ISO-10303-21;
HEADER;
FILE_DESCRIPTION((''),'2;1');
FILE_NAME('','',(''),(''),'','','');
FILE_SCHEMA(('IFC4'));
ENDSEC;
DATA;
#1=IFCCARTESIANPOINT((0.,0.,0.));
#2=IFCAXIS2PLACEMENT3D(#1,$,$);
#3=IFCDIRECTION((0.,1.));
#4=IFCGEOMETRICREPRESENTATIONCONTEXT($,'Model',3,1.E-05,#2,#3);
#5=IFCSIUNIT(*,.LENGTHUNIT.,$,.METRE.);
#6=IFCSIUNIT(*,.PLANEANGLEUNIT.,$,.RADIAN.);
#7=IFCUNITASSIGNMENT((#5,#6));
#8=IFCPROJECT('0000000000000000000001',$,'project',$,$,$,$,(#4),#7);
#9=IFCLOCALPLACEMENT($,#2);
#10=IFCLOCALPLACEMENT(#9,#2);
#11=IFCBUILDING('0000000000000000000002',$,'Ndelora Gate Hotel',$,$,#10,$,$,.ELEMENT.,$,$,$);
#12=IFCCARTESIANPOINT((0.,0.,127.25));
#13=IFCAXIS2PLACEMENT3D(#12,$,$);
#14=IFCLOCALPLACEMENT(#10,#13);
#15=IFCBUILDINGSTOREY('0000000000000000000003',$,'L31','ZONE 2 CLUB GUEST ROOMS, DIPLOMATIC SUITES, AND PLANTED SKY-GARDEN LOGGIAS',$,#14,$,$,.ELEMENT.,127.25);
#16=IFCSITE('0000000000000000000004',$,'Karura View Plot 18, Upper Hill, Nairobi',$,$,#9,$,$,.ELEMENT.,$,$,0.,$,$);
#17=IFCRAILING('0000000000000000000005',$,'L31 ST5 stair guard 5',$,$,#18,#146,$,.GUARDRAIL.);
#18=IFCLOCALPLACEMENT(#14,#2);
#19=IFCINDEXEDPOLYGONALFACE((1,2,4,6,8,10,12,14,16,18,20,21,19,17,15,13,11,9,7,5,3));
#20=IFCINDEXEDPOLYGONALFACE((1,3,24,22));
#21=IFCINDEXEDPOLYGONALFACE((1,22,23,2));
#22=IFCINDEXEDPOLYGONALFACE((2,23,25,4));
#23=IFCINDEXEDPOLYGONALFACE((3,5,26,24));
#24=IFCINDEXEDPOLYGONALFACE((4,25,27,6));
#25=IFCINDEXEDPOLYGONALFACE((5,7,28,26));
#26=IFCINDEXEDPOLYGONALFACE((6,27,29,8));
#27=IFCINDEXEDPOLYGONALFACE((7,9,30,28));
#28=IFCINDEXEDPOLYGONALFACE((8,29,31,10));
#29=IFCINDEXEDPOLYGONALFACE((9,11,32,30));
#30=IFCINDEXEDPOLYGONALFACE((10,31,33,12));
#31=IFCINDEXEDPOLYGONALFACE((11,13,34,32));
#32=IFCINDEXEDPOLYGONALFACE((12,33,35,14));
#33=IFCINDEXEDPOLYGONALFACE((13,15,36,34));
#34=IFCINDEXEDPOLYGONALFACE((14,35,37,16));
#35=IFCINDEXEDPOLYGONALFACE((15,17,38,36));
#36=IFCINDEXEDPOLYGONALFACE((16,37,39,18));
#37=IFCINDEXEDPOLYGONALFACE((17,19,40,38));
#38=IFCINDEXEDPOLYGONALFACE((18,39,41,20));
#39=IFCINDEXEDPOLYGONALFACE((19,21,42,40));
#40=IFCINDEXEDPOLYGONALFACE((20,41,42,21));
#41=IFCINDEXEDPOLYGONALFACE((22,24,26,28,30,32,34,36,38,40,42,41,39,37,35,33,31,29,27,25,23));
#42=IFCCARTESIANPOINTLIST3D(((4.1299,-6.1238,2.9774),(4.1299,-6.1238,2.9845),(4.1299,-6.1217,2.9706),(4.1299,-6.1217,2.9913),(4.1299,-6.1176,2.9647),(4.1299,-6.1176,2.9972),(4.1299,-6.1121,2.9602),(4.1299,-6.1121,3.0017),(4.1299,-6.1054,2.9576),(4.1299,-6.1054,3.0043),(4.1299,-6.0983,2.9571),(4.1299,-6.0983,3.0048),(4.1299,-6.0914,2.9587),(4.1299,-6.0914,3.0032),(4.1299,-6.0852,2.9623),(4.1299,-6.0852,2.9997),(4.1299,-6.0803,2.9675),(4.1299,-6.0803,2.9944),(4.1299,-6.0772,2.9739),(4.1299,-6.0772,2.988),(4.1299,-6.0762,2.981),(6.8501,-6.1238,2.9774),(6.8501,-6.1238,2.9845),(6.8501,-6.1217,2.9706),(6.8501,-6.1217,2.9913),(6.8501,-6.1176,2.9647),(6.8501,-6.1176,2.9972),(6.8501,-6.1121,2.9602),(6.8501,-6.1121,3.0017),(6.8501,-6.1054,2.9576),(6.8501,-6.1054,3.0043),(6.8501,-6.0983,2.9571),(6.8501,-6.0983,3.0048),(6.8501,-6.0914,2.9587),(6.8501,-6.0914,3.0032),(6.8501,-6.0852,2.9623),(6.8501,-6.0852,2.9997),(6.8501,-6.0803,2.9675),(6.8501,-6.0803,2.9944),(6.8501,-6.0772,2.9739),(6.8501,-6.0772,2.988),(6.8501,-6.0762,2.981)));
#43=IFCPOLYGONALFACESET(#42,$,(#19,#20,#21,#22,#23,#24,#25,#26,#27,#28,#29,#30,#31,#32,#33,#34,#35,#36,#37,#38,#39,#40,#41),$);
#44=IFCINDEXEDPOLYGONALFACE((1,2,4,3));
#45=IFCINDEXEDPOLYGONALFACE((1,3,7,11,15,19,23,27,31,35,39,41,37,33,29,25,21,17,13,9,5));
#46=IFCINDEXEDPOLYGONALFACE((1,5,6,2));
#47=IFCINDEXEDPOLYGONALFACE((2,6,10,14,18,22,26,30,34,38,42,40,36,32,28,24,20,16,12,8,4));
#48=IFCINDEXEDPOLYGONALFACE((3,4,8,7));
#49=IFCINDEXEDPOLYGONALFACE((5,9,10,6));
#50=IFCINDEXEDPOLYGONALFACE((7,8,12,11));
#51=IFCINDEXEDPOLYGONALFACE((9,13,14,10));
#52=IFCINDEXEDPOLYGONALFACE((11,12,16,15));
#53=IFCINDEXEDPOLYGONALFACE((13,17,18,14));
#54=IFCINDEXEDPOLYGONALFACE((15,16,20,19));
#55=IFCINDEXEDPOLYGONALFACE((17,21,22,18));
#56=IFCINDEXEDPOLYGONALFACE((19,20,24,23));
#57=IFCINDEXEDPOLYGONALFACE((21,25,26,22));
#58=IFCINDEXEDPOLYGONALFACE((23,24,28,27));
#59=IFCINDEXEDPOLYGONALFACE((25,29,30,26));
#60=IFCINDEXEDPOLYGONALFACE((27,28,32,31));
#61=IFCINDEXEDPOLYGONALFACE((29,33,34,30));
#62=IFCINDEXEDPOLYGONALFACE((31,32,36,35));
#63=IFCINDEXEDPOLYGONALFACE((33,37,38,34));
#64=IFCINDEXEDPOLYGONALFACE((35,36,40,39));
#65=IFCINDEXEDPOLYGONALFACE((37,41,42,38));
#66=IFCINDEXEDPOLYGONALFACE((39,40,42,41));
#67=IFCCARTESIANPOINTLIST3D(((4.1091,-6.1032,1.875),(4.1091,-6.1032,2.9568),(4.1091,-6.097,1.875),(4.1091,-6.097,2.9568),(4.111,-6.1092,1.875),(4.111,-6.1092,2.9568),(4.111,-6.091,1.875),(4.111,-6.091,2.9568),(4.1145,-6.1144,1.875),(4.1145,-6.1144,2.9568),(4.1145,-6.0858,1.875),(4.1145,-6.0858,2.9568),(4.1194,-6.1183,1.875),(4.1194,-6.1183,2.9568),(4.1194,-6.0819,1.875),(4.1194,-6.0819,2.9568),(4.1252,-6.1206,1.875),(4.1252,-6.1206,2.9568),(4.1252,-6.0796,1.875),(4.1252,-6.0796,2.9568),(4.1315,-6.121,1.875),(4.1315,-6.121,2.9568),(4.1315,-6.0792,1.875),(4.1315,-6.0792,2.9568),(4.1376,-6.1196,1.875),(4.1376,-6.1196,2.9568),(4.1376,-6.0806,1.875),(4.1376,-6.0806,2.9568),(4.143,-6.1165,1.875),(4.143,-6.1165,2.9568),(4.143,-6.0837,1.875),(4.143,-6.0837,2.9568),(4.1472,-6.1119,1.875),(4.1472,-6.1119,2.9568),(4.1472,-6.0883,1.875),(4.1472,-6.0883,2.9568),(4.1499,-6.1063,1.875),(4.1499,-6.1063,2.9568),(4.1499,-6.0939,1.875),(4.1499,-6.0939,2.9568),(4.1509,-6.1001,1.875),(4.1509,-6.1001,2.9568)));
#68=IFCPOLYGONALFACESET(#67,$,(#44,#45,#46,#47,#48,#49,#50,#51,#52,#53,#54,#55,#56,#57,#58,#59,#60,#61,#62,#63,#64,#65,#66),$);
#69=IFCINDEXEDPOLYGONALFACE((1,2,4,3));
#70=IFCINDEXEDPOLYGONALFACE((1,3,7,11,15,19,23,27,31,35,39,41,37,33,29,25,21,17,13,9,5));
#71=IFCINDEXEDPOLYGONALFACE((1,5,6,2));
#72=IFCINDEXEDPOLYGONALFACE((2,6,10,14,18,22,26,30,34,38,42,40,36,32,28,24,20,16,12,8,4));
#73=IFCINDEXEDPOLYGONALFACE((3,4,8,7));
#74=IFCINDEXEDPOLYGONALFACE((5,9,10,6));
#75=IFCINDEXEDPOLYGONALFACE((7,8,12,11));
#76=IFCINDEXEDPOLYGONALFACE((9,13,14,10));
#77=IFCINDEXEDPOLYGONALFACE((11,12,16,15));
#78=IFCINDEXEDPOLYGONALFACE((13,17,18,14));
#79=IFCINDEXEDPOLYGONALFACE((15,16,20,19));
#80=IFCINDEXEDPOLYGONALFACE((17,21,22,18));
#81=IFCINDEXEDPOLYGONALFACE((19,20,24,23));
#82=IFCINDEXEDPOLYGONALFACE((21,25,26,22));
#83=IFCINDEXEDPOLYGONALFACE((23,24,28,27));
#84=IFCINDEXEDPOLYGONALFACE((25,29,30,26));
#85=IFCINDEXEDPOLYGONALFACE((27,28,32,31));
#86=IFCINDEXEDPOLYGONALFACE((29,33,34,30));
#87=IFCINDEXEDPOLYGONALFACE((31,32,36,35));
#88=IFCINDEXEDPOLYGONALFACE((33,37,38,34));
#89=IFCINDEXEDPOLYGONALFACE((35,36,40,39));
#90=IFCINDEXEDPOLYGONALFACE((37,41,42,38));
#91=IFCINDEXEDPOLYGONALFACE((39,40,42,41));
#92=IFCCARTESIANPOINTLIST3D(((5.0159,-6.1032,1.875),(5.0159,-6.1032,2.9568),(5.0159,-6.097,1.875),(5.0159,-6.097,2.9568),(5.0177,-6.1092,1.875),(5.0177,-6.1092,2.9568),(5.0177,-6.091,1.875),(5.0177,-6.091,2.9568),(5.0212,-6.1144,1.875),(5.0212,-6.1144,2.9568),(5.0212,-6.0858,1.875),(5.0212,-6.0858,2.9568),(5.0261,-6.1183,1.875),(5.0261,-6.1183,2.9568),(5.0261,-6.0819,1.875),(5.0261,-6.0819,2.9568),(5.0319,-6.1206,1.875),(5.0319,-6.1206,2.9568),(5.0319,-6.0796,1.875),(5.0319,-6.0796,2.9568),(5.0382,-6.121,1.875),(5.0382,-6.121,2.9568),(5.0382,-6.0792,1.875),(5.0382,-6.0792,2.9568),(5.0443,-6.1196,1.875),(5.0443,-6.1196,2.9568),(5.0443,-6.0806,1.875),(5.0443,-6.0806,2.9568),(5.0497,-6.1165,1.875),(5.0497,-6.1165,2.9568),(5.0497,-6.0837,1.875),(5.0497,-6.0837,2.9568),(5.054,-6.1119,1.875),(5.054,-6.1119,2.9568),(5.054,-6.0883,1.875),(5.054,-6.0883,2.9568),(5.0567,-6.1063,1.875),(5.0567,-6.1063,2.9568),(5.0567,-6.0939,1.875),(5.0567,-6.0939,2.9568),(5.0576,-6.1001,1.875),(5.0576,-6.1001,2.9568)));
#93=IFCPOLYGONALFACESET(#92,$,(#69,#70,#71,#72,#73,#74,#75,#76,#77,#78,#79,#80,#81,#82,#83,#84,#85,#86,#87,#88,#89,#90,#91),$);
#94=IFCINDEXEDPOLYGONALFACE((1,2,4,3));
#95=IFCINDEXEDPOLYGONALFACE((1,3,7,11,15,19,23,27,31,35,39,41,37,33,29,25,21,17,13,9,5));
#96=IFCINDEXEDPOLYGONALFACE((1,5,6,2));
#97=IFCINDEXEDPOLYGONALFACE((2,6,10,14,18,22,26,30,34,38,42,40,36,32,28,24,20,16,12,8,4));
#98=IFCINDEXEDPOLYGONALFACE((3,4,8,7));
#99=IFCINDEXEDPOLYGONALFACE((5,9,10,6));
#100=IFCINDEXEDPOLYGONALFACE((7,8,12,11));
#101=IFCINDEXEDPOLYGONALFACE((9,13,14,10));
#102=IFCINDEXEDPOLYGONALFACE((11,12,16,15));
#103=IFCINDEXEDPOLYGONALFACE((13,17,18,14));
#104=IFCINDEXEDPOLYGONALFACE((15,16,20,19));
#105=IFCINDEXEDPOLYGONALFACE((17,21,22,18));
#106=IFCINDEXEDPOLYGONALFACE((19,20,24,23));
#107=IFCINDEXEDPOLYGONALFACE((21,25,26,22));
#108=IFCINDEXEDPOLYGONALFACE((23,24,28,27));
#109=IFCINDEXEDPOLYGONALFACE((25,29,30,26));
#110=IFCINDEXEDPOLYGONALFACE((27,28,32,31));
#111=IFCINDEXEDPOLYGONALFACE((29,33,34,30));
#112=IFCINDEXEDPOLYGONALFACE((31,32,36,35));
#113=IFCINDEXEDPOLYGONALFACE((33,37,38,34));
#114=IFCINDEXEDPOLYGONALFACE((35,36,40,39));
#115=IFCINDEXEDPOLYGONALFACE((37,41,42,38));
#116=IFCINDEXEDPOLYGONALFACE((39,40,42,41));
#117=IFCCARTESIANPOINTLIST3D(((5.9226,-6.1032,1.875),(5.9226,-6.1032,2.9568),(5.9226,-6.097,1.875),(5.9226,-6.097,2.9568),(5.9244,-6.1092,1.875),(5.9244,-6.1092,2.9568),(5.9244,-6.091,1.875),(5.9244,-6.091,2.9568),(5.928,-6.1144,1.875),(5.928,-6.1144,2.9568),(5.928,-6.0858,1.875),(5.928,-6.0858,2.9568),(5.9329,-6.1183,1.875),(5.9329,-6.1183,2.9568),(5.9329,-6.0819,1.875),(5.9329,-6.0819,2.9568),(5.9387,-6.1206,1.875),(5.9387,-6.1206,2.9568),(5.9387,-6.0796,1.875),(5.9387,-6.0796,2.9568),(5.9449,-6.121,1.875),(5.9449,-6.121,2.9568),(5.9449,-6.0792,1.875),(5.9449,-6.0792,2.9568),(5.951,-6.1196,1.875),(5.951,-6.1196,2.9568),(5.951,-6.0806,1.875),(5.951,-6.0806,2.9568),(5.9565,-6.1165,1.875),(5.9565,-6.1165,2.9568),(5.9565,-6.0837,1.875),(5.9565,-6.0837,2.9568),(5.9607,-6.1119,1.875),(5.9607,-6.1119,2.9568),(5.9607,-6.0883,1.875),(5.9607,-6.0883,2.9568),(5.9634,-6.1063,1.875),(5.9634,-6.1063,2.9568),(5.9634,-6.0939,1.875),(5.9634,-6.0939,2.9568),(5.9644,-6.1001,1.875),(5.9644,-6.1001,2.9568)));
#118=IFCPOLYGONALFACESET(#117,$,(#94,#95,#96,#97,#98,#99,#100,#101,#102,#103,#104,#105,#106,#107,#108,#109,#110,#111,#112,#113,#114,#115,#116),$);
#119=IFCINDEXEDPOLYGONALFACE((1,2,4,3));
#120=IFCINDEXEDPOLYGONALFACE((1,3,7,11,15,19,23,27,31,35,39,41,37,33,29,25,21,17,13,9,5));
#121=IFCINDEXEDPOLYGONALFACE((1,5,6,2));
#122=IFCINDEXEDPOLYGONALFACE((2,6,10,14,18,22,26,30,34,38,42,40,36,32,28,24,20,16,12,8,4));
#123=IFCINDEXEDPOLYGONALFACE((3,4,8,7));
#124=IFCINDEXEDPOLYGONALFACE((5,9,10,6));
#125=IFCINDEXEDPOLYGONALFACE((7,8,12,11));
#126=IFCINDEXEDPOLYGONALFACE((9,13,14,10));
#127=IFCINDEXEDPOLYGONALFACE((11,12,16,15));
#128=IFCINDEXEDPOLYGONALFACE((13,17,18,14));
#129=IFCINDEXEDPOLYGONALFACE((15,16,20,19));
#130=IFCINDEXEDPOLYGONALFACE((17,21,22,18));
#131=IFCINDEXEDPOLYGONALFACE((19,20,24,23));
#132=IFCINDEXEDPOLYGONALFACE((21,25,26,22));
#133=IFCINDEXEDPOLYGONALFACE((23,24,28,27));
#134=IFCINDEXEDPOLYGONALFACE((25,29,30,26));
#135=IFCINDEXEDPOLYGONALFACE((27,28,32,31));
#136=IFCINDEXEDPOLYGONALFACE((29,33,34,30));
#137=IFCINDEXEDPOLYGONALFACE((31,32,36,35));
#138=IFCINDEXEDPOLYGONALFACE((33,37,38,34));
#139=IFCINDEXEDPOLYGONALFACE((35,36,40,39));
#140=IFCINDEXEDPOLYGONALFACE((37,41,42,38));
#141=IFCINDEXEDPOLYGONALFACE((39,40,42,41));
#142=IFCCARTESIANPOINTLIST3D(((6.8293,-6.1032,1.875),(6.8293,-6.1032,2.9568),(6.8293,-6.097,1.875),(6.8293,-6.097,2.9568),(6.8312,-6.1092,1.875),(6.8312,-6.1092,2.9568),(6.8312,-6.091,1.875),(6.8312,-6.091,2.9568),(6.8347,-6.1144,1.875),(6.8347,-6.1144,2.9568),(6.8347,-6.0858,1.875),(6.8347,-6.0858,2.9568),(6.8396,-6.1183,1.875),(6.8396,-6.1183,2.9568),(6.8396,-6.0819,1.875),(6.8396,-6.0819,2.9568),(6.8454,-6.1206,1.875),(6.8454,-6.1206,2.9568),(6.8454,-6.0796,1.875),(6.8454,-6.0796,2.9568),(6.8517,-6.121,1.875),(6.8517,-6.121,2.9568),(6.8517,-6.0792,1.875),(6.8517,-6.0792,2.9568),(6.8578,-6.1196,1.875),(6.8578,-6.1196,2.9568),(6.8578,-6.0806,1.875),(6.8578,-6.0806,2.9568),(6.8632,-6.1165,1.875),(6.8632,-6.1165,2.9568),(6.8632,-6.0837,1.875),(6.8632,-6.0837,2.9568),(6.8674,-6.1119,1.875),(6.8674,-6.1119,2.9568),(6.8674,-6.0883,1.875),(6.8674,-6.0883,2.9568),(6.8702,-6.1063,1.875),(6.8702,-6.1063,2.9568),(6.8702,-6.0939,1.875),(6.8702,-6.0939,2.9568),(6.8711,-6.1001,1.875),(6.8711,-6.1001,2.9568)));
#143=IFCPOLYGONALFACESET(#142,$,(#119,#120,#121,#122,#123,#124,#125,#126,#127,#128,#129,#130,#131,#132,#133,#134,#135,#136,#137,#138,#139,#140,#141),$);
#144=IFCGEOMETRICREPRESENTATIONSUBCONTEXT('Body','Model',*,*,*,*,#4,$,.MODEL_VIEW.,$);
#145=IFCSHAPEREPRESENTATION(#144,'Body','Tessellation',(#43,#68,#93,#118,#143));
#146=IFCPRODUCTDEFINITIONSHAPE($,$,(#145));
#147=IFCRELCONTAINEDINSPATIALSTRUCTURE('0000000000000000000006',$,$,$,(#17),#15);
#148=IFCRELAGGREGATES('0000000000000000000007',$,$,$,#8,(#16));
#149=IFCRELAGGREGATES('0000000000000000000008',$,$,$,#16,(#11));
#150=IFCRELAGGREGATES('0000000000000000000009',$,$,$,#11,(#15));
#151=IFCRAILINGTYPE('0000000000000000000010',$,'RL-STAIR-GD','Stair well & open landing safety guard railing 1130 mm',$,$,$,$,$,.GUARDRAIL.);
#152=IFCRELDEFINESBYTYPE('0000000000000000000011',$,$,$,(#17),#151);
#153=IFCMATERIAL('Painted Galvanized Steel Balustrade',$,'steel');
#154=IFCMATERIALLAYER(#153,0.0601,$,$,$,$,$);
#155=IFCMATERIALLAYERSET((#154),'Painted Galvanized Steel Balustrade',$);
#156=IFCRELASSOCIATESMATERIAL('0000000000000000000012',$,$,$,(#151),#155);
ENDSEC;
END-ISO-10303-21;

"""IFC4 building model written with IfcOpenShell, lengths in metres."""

from ifc_helpers import new_model, si_unit, direction, frame, origin, origin_2d, place, context, subcontext, project, spatial, circle, extrude, material, layer, layer_set, type_object, element, save


model = new_model("IFC4")

# Units and contexts
model_context = context("Model", 3, precision=1e-05, world=origin(), true_north=direction((0.0, 1.0)))
body_context = subcontext(model_context, "Body", "Model", "MODEL_VIEW")
ifc_project = project(units=[si_unit("LENGTHUNIT", "METRE"), si_unit("PLANEANGLEUNIT", "RADIAN")], contexts=[model_context])

# Site, building, storey
site_placement = place(None, origin())
site = spatial("IfcSite", under=ifc_project, at=site_placement, Name="Karura View Plot 18, Upper Hill, Nairobi", CompositionType="ELEMENT", RefElevation=0.0)
building_placement = place(site_placement, origin())
building = spatial("IfcBuilding", under=site, at=building_placement, Name="Ndelora Gate Hotel", CompositionType="ELEMENT")
storey_placement = place(building_placement, frame((0.0, 0.0, 127.25)))
storey = spatial("IfcBuildingStorey", under=building, at=storey_placement, Name="L31", Description="ZONE 2 CLUB GUEST ROOMS, DIPLOMATIC SUITES, AND PLANTED SKY-GARDEN LOGGIAS", CompositionType="ELEMENT", Elevation=127.25)

# Railing
ifc_material_1 = material(Name="Painted Galvanized Steel Balustrade", Category="steel")
ifc_layer_1 = layer(ifc_material_1, 0.0601)
ifc_layer_set_1 = layer_set([ifc_layer_1], Name="Painted Galvanized Steel Balustrade")
railing_type_1 = type_object("IfcRailingType", Name="RL-STAIR-GD", Description="Stair well & open landing safety guard railing 1130 mm", PredefinedType="GUARDRAIL", material=ifc_layer_set_1)
railing_1_placement = place(storey_placement, frame((4.1299, -6.1001, 1.875)))
element("IfcRailing", 1, at=railing_1_placement, inside=storey, type_object=railing_type_1, Name="L31 ST5 stair guard 5", PredefinedType="GUARDRAIL", context=body_context, shape_type="SweptSolid", body=[
    extrude(circle(Radius=0.0239, at=origin_2d()), frame((0.0, 0.0, 1.106), z_axis=(1.0, 0.0, 0.0), x_axis=(0.0, 1.0, 0.0)), (0.0, 0.0, 1.0), 2.7202),
    extrude(circle(Radius=0.021, at=origin_2d()), origin(), (0.0, 0.0, 1.0), 1.0818),
    extrude(circle(Radius=0.021, at=origin_2d()), frame((0.9067, 0.0, 0.0)), (0.0, 0.0, 1.0), 1.0818),
    extrude(circle(Radius=0.021, at=origin_2d()), frame((1.8135, 0.0, 0.0)), (0.0, 0.0, 1.0), 1.0818),
    extrude(circle(Radius=0.021, at=origin_2d()), frame((2.7202, 0.0, 0.0)), (0.0, 0.0, 1.0), 1.0818),
])

save(model, "model.ifc")
